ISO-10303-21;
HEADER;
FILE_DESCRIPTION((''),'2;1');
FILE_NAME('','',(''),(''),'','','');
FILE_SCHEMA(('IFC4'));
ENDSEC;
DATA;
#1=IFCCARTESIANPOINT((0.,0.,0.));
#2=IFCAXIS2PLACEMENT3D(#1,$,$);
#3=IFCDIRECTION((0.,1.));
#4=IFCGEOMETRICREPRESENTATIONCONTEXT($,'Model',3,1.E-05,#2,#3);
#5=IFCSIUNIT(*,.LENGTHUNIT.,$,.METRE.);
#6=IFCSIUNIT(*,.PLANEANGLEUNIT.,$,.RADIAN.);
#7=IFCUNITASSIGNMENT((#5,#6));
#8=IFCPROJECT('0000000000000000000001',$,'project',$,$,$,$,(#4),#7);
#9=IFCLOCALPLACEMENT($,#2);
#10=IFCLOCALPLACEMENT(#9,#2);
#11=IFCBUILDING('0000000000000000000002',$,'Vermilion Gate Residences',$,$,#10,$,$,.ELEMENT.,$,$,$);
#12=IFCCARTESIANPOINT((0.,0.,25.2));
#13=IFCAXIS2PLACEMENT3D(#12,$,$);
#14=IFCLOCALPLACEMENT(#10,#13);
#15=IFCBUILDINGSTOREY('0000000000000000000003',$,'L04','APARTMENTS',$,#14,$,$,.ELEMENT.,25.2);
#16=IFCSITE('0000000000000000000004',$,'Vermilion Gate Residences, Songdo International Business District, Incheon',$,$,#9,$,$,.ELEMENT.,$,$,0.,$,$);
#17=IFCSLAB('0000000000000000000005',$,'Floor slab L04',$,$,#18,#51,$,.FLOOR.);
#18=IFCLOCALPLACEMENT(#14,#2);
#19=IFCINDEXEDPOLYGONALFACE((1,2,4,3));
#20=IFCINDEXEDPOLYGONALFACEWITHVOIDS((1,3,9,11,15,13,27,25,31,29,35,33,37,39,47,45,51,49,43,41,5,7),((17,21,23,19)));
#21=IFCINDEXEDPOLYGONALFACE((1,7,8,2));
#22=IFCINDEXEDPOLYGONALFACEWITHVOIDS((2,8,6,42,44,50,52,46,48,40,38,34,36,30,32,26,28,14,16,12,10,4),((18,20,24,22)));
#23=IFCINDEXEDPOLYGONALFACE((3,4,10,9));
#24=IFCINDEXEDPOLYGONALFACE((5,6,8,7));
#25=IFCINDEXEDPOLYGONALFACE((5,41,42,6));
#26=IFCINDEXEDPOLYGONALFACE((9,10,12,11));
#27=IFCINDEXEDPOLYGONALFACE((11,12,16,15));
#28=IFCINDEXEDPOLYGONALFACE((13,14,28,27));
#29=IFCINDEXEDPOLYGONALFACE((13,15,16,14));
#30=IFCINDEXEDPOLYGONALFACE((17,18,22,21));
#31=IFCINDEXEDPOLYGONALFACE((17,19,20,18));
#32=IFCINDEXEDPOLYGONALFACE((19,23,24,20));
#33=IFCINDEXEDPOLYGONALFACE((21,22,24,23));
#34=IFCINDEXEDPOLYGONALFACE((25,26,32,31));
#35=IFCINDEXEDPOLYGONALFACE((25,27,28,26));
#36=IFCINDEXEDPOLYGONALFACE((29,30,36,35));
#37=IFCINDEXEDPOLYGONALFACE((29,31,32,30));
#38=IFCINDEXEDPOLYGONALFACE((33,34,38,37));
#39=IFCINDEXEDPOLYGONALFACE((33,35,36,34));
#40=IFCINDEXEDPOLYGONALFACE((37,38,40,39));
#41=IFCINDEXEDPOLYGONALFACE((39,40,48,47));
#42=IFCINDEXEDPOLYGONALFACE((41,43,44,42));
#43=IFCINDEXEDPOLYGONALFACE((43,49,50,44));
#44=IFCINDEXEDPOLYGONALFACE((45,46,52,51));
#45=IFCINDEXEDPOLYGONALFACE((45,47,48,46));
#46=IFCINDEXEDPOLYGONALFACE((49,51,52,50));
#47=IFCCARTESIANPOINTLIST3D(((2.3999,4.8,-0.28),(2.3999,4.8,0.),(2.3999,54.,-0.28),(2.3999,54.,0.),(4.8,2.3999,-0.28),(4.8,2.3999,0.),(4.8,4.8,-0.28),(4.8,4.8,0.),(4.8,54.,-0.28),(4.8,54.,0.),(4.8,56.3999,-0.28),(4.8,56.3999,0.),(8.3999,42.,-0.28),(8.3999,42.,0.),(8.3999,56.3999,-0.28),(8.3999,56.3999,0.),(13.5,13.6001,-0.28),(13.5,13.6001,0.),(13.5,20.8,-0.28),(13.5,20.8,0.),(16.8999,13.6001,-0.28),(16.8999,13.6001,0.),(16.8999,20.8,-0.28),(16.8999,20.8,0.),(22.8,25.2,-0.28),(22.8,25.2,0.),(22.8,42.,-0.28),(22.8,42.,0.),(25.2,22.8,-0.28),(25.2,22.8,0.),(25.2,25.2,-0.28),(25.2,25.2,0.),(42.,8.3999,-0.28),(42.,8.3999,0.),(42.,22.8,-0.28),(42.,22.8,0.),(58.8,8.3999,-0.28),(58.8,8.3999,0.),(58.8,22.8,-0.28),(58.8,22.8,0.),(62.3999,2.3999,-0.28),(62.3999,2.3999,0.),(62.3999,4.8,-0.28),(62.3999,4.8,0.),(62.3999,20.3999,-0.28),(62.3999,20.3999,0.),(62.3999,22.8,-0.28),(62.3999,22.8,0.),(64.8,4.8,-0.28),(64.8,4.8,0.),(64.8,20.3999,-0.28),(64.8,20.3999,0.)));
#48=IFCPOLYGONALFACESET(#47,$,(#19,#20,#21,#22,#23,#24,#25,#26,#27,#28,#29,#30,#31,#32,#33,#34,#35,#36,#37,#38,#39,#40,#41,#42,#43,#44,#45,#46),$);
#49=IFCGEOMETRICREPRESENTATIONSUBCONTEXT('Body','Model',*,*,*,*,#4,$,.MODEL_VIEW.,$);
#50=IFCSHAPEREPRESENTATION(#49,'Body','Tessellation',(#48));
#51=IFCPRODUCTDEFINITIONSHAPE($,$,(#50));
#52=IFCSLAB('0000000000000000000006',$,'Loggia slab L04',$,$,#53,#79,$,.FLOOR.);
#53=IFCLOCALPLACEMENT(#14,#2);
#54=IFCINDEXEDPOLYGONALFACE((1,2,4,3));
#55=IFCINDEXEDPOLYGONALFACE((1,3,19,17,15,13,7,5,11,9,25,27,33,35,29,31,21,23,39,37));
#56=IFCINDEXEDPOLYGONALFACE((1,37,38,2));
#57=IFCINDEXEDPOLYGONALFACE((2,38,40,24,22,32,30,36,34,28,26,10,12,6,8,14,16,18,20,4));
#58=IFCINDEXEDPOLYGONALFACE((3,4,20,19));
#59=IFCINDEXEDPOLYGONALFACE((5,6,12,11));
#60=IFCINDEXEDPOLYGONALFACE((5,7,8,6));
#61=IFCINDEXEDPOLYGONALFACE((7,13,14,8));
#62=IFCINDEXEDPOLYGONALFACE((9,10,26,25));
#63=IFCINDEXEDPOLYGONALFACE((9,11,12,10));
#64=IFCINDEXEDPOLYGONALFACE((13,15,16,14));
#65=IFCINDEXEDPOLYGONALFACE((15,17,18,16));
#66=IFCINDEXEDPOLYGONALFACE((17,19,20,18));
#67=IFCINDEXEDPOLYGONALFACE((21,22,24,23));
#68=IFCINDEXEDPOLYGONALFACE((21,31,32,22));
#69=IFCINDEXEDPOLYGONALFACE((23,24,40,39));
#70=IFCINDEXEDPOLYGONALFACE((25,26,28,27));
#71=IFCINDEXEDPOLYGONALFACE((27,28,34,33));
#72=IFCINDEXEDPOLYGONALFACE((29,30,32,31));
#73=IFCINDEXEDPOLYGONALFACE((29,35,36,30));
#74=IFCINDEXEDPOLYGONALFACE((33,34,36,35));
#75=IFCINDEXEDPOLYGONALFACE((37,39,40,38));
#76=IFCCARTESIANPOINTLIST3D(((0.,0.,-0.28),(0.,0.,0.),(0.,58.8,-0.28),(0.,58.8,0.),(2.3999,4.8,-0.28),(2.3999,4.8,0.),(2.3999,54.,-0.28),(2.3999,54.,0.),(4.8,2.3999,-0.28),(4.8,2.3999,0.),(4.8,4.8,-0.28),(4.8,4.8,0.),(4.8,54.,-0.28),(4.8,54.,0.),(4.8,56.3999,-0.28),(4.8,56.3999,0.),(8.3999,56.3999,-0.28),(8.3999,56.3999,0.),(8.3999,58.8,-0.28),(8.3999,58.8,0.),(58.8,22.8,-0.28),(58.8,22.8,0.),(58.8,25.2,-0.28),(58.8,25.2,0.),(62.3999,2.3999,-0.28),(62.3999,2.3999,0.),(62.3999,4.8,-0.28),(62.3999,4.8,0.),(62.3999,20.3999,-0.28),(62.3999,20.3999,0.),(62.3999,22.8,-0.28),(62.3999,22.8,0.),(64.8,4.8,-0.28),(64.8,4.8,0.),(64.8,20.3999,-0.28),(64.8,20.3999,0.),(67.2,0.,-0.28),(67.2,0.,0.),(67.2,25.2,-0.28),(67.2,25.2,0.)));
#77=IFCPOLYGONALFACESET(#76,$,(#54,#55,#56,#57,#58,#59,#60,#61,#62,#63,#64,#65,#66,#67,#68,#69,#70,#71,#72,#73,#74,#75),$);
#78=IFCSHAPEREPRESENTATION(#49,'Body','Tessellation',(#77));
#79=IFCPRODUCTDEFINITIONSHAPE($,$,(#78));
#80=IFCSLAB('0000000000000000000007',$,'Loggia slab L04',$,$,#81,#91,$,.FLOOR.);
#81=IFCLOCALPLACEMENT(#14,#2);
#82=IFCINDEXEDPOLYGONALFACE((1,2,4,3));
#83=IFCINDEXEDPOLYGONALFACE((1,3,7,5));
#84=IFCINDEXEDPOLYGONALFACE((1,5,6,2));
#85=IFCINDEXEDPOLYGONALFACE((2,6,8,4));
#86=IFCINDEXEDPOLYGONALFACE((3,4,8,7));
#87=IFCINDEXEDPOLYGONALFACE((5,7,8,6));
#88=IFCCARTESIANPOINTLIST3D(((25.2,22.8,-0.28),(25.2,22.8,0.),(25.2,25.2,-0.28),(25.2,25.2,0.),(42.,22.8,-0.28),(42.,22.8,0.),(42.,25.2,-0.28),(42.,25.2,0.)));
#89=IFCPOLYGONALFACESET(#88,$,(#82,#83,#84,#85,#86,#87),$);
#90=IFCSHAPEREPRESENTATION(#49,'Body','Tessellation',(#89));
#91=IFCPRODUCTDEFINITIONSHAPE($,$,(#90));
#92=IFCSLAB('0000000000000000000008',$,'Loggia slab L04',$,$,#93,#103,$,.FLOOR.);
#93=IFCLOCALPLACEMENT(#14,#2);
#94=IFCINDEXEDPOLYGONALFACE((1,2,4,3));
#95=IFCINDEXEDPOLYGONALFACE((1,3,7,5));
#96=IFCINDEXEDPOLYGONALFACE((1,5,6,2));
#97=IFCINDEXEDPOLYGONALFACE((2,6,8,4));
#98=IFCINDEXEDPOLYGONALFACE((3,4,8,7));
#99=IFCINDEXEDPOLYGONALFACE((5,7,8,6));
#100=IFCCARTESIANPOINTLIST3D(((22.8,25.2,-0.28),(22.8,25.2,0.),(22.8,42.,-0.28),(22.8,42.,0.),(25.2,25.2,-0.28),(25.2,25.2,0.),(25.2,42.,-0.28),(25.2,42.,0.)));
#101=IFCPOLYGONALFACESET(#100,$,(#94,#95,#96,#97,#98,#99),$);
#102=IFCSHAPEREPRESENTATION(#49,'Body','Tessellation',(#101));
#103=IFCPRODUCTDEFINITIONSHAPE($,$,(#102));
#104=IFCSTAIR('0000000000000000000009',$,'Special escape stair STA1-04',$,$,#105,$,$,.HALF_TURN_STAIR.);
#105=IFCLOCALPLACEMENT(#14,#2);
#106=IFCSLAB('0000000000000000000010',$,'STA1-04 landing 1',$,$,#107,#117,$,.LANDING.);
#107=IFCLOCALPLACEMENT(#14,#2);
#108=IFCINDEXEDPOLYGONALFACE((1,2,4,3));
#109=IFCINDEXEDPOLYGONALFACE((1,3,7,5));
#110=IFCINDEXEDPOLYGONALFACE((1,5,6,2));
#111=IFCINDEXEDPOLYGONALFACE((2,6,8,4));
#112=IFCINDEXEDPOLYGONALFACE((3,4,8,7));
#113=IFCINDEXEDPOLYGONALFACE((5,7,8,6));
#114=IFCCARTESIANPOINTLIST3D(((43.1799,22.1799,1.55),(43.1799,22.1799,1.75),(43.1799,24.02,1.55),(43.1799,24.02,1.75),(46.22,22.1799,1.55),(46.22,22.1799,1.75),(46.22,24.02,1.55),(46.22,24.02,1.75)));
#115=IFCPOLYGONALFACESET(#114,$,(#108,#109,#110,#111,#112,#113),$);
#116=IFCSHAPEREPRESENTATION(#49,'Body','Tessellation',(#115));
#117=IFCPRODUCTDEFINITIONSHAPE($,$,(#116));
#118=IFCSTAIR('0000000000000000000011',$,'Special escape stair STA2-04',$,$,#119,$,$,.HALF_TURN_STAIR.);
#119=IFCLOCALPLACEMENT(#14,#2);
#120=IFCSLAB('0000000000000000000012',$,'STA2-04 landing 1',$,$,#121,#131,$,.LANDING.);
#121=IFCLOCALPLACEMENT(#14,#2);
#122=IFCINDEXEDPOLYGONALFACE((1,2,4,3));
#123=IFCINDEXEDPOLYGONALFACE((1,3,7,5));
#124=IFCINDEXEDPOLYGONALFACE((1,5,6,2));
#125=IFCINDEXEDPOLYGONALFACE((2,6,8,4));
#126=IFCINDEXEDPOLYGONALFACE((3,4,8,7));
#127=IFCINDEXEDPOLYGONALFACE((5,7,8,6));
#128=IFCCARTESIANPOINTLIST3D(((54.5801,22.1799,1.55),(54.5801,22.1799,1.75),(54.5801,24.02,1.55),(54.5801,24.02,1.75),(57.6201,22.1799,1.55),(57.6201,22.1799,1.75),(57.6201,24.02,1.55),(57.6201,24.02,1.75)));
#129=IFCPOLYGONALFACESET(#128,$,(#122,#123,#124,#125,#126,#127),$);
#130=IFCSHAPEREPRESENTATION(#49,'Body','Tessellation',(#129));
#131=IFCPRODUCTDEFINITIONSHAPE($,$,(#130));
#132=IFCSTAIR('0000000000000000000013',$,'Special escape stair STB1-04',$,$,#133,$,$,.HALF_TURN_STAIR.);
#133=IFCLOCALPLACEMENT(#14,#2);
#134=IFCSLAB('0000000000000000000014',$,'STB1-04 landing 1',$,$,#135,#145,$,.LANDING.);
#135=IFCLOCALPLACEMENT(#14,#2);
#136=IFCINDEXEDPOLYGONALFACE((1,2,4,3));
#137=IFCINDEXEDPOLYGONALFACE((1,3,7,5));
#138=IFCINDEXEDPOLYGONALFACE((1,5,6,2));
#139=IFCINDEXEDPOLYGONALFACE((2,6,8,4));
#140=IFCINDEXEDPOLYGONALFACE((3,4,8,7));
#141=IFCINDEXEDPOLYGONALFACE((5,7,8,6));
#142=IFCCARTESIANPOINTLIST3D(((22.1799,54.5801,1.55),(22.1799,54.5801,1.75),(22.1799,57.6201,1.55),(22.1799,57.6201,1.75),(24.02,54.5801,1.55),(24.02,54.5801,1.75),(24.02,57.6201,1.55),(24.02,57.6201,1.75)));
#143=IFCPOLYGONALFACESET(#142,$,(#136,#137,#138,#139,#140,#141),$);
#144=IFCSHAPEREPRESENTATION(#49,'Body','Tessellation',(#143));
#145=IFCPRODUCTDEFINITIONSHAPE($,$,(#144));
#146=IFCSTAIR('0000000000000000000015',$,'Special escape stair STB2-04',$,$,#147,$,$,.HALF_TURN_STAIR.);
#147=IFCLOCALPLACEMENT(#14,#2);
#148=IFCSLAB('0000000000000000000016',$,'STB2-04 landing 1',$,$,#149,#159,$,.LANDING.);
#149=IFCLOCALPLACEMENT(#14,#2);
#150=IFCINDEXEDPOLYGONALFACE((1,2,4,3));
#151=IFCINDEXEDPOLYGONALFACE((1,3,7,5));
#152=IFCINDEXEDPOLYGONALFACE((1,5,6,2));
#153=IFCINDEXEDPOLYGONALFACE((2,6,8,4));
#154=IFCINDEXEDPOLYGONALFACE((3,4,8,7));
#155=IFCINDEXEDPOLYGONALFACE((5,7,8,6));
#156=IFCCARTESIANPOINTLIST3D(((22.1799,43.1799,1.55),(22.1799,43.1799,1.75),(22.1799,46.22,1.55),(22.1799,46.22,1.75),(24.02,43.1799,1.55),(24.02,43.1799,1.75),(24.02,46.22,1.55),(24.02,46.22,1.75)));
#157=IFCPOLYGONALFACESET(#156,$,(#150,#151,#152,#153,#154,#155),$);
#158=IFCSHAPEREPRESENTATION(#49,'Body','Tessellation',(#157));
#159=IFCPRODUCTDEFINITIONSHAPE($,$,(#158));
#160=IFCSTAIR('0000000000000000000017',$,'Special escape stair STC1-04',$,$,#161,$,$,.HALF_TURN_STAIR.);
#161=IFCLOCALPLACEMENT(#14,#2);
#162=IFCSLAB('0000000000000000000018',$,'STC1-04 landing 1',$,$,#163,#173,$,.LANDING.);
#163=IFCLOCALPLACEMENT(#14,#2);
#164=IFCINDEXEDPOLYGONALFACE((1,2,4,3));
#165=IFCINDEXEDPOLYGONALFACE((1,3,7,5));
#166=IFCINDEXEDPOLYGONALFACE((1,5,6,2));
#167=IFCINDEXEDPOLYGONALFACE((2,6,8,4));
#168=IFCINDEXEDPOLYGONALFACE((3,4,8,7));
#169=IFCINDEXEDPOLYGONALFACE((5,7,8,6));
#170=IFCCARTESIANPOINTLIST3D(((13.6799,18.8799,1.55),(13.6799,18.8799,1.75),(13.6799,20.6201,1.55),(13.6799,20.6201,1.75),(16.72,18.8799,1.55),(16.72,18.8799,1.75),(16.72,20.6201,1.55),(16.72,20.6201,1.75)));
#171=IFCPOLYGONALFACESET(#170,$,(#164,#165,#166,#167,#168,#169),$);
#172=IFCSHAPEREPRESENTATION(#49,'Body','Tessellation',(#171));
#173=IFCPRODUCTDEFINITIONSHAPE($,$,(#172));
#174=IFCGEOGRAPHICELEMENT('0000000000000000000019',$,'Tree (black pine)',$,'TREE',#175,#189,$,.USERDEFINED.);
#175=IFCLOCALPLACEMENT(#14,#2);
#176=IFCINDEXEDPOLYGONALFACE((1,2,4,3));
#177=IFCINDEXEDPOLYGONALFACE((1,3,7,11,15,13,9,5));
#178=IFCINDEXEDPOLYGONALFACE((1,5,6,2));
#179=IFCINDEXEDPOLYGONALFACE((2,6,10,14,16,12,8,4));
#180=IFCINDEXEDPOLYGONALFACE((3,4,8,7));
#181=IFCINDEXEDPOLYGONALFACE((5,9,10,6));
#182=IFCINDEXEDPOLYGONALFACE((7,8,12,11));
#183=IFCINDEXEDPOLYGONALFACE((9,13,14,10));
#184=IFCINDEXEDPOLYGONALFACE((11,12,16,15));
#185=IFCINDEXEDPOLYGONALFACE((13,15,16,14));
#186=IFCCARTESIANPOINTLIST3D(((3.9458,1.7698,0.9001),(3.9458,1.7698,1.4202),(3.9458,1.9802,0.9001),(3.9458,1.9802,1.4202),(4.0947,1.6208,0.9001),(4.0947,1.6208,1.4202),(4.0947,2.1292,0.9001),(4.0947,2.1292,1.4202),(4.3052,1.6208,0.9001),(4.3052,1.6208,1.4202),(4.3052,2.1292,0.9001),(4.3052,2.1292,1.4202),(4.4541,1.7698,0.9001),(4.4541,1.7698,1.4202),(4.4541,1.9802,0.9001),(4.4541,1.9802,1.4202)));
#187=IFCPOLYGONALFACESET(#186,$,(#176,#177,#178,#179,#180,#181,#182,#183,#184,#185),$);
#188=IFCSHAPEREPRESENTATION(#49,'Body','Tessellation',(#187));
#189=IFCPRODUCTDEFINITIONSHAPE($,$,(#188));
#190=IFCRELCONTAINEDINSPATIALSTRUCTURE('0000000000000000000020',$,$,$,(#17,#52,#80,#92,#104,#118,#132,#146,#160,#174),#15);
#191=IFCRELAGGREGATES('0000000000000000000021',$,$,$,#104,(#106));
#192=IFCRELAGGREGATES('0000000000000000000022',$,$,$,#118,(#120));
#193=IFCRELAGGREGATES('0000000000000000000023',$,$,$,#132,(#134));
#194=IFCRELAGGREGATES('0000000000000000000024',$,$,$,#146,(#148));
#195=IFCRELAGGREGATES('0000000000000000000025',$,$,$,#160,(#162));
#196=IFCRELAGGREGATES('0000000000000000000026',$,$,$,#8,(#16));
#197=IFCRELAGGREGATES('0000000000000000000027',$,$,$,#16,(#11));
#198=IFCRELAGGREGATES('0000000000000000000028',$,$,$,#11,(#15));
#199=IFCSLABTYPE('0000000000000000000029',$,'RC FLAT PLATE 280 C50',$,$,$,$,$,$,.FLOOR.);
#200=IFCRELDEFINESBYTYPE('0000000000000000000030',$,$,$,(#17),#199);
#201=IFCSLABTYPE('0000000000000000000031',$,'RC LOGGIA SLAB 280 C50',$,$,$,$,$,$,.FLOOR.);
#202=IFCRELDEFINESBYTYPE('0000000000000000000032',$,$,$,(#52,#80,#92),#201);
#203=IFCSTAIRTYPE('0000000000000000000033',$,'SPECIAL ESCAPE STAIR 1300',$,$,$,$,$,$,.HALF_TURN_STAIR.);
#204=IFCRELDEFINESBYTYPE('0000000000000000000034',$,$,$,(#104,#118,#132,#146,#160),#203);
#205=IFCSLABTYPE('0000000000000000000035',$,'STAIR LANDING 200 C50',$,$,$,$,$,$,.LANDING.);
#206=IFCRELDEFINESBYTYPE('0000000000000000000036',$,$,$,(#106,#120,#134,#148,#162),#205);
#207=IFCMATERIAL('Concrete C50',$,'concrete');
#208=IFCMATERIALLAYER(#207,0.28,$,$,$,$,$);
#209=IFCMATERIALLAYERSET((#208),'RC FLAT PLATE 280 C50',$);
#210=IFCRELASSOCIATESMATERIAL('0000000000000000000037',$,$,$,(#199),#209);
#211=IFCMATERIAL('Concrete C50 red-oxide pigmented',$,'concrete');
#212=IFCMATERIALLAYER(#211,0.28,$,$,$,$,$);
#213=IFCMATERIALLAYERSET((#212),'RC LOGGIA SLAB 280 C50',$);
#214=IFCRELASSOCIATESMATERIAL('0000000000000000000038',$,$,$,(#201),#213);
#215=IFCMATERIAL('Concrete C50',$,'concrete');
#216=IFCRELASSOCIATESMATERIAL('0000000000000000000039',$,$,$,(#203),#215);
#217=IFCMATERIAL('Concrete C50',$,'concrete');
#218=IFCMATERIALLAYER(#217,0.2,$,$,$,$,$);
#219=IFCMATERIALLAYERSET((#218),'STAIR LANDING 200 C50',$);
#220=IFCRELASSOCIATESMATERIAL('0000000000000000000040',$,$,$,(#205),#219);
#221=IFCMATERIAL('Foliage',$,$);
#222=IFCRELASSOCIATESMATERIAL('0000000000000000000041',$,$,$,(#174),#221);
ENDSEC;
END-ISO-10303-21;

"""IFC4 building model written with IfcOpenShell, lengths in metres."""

from ifc_helpers import new_model, si_unit, direction, frame, origin, place, context, subcontext, project, spatial, polyline, outline, extrude, material, layer, layer_set, type_object, element, aggregate, save


model = new_model("IFC4")

# Units and contexts
model_context = context("Model", 3, precision=1e-05, world=origin(), true_north=direction((0.0, 1.0)))
body_context = subcontext(model_context, "Body", "Model", "MODEL_VIEW")
ifc_project = project(units=[si_unit("LENGTHUNIT", "METRE"), si_unit("PLANEANGLEUNIT", "RADIAN")], contexts=[model_context])

# Site, building, storey
site_placement = place(None, origin())
site = spatial("IfcSite", under=ifc_project, at=site_placement, Name="Vermilion Gate Residences, Songdo International Business District, Incheon", CompositionType="ELEMENT", RefElevation=0.0)
building_placement = place(site_placement, origin())
building = spatial("IfcBuilding", under=site, at=building_placement, Name="Vermilion Gate Residences", CompositionType="ELEMENT")
storey_placement = place(building_placement, frame((0.0, 0.0, 25.2)))
storey = spatial("IfcBuildingStorey", under=building, at=storey_placement, Name="L04", Description="APARTMENTS", CompositionType="ELEMENT", Elevation=25.2)

# Slabs
ifc_material_1 = material(Name="Concrete C50", Category="concrete")
ifc_layer_1 = layer(ifc_material_1, 0.28)
ifc_layer_set_1 = layer_set([ifc_layer_1], Name="RC FLAT PLATE 280 C50")
slab_type_1 = type_object("IfcSlabType", Name="RC FLAT PLATE 280 C50", PredefinedType="FLOOR", material=ifc_layer_set_1)
slab_1_placement = place(storey_placement, frame((0.0, 0.0, -0.28)))
element("IfcSlab", 1, at=slab_1_placement, inside=storey, type_object=slab_type_1, Name="Floor slab L04", PredefinedType="FLOOR", context=body_context, shape_type="SweptSolid", body=[
    extrude(outline(polyline([(22.8, 25.2), (22.8, 42.0), (8.3999, 42.0), (8.3999, 56.3999), (4.8, 56.3999), (4.8, 54.0), (2.3999, 54.0), (2.3999, 4.8), (4.8, 4.8), (4.8, 2.3999), (62.3999, 2.3999), (62.3999, 4.8), (64.8, 4.8), (64.8, 20.3999), (62.3999, 20.3999), (62.3999, 22.8), (58.8, 22.8), (58.8, 8.3999), (42.0, 8.3999), (42.0, 22.8), (25.2, 22.8), (25.2, 25.2), (22.8, 25.2)]), holes=[polyline([(13.5, 13.6001), (13.5, 20.8), (16.8999, 20.8), (16.8999, 13.6001), (13.5, 13.6001)])]), origin(), (0.0, 0.0, 1.0), 0.28),
])
ifc_material_2 = material(Name="Concrete C50 red-oxide pigmented", Category="concrete")
ifc_layer_2 = layer(ifc_material_2, 0.28)
ifc_layer_set_2 = layer_set([ifc_layer_2], Name="RC LOGGIA SLAB 280 C50")
slab_type_2 = type_object("IfcSlabType", Name="RC LOGGIA SLAB 280 C50", PredefinedType="FLOOR", material=ifc_layer_set_2)
slab_2_placement = place(storey_placement, frame((0.0, 0.0, -0.28)))
element("IfcSlab", 2, at=slab_2_placement, inside=storey, type_object=slab_type_2, Name="Loggia slab L04", PredefinedType="FLOOR", context=body_context, shape_type="SweptSolid", body=[
    extrude(outline(polyline([(0.0, 58.8), (0.0, 0.0), (67.2, 0.0), (67.2, 25.2), (58.8, 25.2), (58.8, 22.8), (62.3999, 22.8), (62.3999, 20.3999), (64.8, 20.3999), (64.8, 4.8), (62.3999, 4.8), (62.3999, 2.3999), (4.8, 2.3999), (4.8, 4.8), (2.3999, 4.8), (2.3999, 54.0), (4.8, 54.0), (4.8, 56.3999), (8.3999, 56.3999), (8.3999, 58.8), (0.0, 58.8)])), origin(), (0.0, 0.0, 1.0), 0.28),
])
slab_3_placement = place(storey_placement, frame((0.0, 0.0, -0.28)))
element("IfcSlab", 3, at=slab_3_placement, inside=storey, type_object=slab_type_2, Name="Loggia slab L04", PredefinedType="FLOOR", context=body_context, shape_type="SweptSolid", body=[
    extrude(outline(polyline([(25.2, 22.8), (42.0, 22.8), (42.0, 25.2), (25.2, 25.2), (25.2, 22.8)])), origin(), (0.0, 0.0, 1.0), 0.28),
])
slab_4_placement = place(storey_placement, frame((0.0, 0.0, -0.28)))
element("IfcSlab", 4, at=slab_4_placement, inside=storey, type_object=slab_type_2, Name="Loggia slab L04", PredefinedType="FLOOR", context=body_context, shape_type="SweptSolid", body=[
    extrude(outline(polyline([(22.8, 42.0), (22.8, 25.2), (25.2, 25.2), (25.2, 42.0), (22.8, 42.0)])), origin(), (0.0, 0.0, 1.0), 0.28),
])

# Stairs, slabs
ifc_material_3 = material(Name="Concrete C50", Category="concrete")
stair_type = type_object("IfcStairType", Name="SPECIAL ESCAPE STAIR 1300", PredefinedType="HALF_TURN_STAIR", material=ifc_material_3)
stair_1_placement = place(storey_placement, origin())
stair_1 = element("IfcStair", 5, at=stair_1_placement, inside=storey, type_object=stair_type, Name="Special escape stair STA1-04", PredefinedType="HALF_TURN_STAIR")
ifc_material_4 = material(Name="Concrete C50", Category="concrete")
ifc_layer_3 = layer(ifc_material_4, 0.2)
ifc_layer_set_3 = layer_set([ifc_layer_3], Name="STAIR LANDING 200 C50")
slab_type_3 = type_object("IfcSlabType", Name="STAIR LANDING 200 C50", PredefinedType="LANDING", material=ifc_layer_set_3)
slab_5_placement = place(storey_placement, frame((0.0, 0.0, 1.55)))
slab_5 = element("IfcSlab", 6, at=slab_5_placement, type_object=slab_type_3, Name="STA1-04 landing 1", PredefinedType="LANDING", context=body_context, shape_type="SweptSolid", body=[
    extrude(outline(polyline([(46.22, 22.1799), (46.22, 24.02), (43.1799, 24.02), (43.1799, 22.1799), (46.22, 22.1799)])), origin(), (0.0, 0.0, 1.0), 0.2),
])
aggregate(stair_1, [slab_5])
stair_2_placement = place(storey_placement, origin())
stair_2 = element("IfcStair", 7, at=stair_2_placement, inside=storey, type_object=stair_type, Name="Special escape stair STA2-04", PredefinedType="HALF_TURN_STAIR")
slab_6_placement = place(storey_placement, frame((0.0, 0.0, 1.55)))
slab_6 = element("IfcSlab", 8, at=slab_6_placement, type_object=slab_type_3, Name="STA2-04 landing 1", PredefinedType="LANDING", context=body_context, shape_type="SweptSolid", body=[
    extrude(outline(polyline([(57.6201, 22.1799), (57.6201, 24.02), (54.5801, 24.02), (54.5801, 22.1799), (57.6201, 22.1799)])), origin(), (0.0, 0.0, 1.0), 0.2),
])
aggregate(stair_2, [slab_6])
stair_3_placement = place(storey_placement, origin())
stair_3 = element("IfcStair", 9, at=stair_3_placement, inside=storey, type_object=stair_type, Name="Special escape stair STB1-04", PredefinedType="HALF_TURN_STAIR")
slab_7_placement = place(storey_placement, frame((0.0, 0.0, 1.55)))
slab_7 = element("IfcSlab", 10, at=slab_7_placement, type_object=slab_type_3, Name="STB1-04 landing 1", PredefinedType="LANDING", context=body_context, shape_type="SweptSolid", body=[
    extrude(outline(polyline([(24.02, 54.5801), (24.02, 57.6201), (22.1799, 57.6201), (22.1799, 54.5801), (24.02, 54.5801)])), origin(), (0.0, 0.0, 1.0), 0.2),
])
aggregate(stair_3, [slab_7])
stair_4_placement = place(storey_placement, origin())
stair_4 = element("IfcStair", 11, at=stair_4_placement, inside=storey, type_object=stair_type, Name="Special escape stair STB2-04", PredefinedType="HALF_TURN_STAIR")
slab_8_placement = place(storey_placement, frame((0.0, 0.0, 1.55)))
slab_8 = element("IfcSlab", 12, at=slab_8_placement, type_object=slab_type_3, Name="STB2-04 landing 1", PredefinedType="LANDING", context=body_context, shape_type="SweptSolid", body=[
    extrude(outline(polyline([(24.02, 43.1799), (24.02, 46.22), (22.1799, 46.22), (22.1799, 43.1799), (24.02, 43.1799)])), origin(), (0.0, 0.0, 1.0), 0.2),
])
aggregate(stair_4, [slab_8])
stair_5_placement = place(storey_placement, origin())
stair_5 = element("IfcStair", 13, at=stair_5_placement, inside=storey, type_object=stair_type, Name="Special escape stair STC1-04", PredefinedType="HALF_TURN_STAIR")
slab_9_placement = place(storey_placement, frame((0.0, 0.0, 1.55)))
slab_9 = element("IfcSlab", 14, at=slab_9_placement, type_object=slab_type_3, Name="STC1-04 landing 1", PredefinedType="LANDING", context=body_context, shape_type="SweptSolid", body=[
    extrude(outline(polyline([(16.72, 18.8799), (16.72, 20.6201), (13.6799, 20.6201), (13.6799, 18.8799), (16.72, 18.8799)])), origin(), (0.0, 0.0, 1.0), 0.2),
])
aggregate(stair_5, [slab_9])

# Geographic element
ifc_material_5 = material(Name="Foliage")
geographic_element_1_placement = place(storey_placement, frame((0.0, 0.0, 0.9001)))
element("IfcGeographicElement", 15, at=geographic_element_1_placement, inside=storey, material=ifc_material_5, Name="Tree (black pine)", ObjectType="TREE", PredefinedType="USERDEFINED", context=body_context, shape_type="SweptSolid", body=[
    extrude(outline(polyline([(4.4541, 1.9802), (4.3052, 2.1292), (4.0947, 2.1292), (3.9458, 1.9802), (3.9458, 1.7698), (4.0947, 1.6208), (4.3052, 1.6208), (4.4541, 1.7698), (4.4541, 1.9802)])), origin(), (0.0, 0.0, 1.0), 0.52),
])

save(model, "model.ifc")
